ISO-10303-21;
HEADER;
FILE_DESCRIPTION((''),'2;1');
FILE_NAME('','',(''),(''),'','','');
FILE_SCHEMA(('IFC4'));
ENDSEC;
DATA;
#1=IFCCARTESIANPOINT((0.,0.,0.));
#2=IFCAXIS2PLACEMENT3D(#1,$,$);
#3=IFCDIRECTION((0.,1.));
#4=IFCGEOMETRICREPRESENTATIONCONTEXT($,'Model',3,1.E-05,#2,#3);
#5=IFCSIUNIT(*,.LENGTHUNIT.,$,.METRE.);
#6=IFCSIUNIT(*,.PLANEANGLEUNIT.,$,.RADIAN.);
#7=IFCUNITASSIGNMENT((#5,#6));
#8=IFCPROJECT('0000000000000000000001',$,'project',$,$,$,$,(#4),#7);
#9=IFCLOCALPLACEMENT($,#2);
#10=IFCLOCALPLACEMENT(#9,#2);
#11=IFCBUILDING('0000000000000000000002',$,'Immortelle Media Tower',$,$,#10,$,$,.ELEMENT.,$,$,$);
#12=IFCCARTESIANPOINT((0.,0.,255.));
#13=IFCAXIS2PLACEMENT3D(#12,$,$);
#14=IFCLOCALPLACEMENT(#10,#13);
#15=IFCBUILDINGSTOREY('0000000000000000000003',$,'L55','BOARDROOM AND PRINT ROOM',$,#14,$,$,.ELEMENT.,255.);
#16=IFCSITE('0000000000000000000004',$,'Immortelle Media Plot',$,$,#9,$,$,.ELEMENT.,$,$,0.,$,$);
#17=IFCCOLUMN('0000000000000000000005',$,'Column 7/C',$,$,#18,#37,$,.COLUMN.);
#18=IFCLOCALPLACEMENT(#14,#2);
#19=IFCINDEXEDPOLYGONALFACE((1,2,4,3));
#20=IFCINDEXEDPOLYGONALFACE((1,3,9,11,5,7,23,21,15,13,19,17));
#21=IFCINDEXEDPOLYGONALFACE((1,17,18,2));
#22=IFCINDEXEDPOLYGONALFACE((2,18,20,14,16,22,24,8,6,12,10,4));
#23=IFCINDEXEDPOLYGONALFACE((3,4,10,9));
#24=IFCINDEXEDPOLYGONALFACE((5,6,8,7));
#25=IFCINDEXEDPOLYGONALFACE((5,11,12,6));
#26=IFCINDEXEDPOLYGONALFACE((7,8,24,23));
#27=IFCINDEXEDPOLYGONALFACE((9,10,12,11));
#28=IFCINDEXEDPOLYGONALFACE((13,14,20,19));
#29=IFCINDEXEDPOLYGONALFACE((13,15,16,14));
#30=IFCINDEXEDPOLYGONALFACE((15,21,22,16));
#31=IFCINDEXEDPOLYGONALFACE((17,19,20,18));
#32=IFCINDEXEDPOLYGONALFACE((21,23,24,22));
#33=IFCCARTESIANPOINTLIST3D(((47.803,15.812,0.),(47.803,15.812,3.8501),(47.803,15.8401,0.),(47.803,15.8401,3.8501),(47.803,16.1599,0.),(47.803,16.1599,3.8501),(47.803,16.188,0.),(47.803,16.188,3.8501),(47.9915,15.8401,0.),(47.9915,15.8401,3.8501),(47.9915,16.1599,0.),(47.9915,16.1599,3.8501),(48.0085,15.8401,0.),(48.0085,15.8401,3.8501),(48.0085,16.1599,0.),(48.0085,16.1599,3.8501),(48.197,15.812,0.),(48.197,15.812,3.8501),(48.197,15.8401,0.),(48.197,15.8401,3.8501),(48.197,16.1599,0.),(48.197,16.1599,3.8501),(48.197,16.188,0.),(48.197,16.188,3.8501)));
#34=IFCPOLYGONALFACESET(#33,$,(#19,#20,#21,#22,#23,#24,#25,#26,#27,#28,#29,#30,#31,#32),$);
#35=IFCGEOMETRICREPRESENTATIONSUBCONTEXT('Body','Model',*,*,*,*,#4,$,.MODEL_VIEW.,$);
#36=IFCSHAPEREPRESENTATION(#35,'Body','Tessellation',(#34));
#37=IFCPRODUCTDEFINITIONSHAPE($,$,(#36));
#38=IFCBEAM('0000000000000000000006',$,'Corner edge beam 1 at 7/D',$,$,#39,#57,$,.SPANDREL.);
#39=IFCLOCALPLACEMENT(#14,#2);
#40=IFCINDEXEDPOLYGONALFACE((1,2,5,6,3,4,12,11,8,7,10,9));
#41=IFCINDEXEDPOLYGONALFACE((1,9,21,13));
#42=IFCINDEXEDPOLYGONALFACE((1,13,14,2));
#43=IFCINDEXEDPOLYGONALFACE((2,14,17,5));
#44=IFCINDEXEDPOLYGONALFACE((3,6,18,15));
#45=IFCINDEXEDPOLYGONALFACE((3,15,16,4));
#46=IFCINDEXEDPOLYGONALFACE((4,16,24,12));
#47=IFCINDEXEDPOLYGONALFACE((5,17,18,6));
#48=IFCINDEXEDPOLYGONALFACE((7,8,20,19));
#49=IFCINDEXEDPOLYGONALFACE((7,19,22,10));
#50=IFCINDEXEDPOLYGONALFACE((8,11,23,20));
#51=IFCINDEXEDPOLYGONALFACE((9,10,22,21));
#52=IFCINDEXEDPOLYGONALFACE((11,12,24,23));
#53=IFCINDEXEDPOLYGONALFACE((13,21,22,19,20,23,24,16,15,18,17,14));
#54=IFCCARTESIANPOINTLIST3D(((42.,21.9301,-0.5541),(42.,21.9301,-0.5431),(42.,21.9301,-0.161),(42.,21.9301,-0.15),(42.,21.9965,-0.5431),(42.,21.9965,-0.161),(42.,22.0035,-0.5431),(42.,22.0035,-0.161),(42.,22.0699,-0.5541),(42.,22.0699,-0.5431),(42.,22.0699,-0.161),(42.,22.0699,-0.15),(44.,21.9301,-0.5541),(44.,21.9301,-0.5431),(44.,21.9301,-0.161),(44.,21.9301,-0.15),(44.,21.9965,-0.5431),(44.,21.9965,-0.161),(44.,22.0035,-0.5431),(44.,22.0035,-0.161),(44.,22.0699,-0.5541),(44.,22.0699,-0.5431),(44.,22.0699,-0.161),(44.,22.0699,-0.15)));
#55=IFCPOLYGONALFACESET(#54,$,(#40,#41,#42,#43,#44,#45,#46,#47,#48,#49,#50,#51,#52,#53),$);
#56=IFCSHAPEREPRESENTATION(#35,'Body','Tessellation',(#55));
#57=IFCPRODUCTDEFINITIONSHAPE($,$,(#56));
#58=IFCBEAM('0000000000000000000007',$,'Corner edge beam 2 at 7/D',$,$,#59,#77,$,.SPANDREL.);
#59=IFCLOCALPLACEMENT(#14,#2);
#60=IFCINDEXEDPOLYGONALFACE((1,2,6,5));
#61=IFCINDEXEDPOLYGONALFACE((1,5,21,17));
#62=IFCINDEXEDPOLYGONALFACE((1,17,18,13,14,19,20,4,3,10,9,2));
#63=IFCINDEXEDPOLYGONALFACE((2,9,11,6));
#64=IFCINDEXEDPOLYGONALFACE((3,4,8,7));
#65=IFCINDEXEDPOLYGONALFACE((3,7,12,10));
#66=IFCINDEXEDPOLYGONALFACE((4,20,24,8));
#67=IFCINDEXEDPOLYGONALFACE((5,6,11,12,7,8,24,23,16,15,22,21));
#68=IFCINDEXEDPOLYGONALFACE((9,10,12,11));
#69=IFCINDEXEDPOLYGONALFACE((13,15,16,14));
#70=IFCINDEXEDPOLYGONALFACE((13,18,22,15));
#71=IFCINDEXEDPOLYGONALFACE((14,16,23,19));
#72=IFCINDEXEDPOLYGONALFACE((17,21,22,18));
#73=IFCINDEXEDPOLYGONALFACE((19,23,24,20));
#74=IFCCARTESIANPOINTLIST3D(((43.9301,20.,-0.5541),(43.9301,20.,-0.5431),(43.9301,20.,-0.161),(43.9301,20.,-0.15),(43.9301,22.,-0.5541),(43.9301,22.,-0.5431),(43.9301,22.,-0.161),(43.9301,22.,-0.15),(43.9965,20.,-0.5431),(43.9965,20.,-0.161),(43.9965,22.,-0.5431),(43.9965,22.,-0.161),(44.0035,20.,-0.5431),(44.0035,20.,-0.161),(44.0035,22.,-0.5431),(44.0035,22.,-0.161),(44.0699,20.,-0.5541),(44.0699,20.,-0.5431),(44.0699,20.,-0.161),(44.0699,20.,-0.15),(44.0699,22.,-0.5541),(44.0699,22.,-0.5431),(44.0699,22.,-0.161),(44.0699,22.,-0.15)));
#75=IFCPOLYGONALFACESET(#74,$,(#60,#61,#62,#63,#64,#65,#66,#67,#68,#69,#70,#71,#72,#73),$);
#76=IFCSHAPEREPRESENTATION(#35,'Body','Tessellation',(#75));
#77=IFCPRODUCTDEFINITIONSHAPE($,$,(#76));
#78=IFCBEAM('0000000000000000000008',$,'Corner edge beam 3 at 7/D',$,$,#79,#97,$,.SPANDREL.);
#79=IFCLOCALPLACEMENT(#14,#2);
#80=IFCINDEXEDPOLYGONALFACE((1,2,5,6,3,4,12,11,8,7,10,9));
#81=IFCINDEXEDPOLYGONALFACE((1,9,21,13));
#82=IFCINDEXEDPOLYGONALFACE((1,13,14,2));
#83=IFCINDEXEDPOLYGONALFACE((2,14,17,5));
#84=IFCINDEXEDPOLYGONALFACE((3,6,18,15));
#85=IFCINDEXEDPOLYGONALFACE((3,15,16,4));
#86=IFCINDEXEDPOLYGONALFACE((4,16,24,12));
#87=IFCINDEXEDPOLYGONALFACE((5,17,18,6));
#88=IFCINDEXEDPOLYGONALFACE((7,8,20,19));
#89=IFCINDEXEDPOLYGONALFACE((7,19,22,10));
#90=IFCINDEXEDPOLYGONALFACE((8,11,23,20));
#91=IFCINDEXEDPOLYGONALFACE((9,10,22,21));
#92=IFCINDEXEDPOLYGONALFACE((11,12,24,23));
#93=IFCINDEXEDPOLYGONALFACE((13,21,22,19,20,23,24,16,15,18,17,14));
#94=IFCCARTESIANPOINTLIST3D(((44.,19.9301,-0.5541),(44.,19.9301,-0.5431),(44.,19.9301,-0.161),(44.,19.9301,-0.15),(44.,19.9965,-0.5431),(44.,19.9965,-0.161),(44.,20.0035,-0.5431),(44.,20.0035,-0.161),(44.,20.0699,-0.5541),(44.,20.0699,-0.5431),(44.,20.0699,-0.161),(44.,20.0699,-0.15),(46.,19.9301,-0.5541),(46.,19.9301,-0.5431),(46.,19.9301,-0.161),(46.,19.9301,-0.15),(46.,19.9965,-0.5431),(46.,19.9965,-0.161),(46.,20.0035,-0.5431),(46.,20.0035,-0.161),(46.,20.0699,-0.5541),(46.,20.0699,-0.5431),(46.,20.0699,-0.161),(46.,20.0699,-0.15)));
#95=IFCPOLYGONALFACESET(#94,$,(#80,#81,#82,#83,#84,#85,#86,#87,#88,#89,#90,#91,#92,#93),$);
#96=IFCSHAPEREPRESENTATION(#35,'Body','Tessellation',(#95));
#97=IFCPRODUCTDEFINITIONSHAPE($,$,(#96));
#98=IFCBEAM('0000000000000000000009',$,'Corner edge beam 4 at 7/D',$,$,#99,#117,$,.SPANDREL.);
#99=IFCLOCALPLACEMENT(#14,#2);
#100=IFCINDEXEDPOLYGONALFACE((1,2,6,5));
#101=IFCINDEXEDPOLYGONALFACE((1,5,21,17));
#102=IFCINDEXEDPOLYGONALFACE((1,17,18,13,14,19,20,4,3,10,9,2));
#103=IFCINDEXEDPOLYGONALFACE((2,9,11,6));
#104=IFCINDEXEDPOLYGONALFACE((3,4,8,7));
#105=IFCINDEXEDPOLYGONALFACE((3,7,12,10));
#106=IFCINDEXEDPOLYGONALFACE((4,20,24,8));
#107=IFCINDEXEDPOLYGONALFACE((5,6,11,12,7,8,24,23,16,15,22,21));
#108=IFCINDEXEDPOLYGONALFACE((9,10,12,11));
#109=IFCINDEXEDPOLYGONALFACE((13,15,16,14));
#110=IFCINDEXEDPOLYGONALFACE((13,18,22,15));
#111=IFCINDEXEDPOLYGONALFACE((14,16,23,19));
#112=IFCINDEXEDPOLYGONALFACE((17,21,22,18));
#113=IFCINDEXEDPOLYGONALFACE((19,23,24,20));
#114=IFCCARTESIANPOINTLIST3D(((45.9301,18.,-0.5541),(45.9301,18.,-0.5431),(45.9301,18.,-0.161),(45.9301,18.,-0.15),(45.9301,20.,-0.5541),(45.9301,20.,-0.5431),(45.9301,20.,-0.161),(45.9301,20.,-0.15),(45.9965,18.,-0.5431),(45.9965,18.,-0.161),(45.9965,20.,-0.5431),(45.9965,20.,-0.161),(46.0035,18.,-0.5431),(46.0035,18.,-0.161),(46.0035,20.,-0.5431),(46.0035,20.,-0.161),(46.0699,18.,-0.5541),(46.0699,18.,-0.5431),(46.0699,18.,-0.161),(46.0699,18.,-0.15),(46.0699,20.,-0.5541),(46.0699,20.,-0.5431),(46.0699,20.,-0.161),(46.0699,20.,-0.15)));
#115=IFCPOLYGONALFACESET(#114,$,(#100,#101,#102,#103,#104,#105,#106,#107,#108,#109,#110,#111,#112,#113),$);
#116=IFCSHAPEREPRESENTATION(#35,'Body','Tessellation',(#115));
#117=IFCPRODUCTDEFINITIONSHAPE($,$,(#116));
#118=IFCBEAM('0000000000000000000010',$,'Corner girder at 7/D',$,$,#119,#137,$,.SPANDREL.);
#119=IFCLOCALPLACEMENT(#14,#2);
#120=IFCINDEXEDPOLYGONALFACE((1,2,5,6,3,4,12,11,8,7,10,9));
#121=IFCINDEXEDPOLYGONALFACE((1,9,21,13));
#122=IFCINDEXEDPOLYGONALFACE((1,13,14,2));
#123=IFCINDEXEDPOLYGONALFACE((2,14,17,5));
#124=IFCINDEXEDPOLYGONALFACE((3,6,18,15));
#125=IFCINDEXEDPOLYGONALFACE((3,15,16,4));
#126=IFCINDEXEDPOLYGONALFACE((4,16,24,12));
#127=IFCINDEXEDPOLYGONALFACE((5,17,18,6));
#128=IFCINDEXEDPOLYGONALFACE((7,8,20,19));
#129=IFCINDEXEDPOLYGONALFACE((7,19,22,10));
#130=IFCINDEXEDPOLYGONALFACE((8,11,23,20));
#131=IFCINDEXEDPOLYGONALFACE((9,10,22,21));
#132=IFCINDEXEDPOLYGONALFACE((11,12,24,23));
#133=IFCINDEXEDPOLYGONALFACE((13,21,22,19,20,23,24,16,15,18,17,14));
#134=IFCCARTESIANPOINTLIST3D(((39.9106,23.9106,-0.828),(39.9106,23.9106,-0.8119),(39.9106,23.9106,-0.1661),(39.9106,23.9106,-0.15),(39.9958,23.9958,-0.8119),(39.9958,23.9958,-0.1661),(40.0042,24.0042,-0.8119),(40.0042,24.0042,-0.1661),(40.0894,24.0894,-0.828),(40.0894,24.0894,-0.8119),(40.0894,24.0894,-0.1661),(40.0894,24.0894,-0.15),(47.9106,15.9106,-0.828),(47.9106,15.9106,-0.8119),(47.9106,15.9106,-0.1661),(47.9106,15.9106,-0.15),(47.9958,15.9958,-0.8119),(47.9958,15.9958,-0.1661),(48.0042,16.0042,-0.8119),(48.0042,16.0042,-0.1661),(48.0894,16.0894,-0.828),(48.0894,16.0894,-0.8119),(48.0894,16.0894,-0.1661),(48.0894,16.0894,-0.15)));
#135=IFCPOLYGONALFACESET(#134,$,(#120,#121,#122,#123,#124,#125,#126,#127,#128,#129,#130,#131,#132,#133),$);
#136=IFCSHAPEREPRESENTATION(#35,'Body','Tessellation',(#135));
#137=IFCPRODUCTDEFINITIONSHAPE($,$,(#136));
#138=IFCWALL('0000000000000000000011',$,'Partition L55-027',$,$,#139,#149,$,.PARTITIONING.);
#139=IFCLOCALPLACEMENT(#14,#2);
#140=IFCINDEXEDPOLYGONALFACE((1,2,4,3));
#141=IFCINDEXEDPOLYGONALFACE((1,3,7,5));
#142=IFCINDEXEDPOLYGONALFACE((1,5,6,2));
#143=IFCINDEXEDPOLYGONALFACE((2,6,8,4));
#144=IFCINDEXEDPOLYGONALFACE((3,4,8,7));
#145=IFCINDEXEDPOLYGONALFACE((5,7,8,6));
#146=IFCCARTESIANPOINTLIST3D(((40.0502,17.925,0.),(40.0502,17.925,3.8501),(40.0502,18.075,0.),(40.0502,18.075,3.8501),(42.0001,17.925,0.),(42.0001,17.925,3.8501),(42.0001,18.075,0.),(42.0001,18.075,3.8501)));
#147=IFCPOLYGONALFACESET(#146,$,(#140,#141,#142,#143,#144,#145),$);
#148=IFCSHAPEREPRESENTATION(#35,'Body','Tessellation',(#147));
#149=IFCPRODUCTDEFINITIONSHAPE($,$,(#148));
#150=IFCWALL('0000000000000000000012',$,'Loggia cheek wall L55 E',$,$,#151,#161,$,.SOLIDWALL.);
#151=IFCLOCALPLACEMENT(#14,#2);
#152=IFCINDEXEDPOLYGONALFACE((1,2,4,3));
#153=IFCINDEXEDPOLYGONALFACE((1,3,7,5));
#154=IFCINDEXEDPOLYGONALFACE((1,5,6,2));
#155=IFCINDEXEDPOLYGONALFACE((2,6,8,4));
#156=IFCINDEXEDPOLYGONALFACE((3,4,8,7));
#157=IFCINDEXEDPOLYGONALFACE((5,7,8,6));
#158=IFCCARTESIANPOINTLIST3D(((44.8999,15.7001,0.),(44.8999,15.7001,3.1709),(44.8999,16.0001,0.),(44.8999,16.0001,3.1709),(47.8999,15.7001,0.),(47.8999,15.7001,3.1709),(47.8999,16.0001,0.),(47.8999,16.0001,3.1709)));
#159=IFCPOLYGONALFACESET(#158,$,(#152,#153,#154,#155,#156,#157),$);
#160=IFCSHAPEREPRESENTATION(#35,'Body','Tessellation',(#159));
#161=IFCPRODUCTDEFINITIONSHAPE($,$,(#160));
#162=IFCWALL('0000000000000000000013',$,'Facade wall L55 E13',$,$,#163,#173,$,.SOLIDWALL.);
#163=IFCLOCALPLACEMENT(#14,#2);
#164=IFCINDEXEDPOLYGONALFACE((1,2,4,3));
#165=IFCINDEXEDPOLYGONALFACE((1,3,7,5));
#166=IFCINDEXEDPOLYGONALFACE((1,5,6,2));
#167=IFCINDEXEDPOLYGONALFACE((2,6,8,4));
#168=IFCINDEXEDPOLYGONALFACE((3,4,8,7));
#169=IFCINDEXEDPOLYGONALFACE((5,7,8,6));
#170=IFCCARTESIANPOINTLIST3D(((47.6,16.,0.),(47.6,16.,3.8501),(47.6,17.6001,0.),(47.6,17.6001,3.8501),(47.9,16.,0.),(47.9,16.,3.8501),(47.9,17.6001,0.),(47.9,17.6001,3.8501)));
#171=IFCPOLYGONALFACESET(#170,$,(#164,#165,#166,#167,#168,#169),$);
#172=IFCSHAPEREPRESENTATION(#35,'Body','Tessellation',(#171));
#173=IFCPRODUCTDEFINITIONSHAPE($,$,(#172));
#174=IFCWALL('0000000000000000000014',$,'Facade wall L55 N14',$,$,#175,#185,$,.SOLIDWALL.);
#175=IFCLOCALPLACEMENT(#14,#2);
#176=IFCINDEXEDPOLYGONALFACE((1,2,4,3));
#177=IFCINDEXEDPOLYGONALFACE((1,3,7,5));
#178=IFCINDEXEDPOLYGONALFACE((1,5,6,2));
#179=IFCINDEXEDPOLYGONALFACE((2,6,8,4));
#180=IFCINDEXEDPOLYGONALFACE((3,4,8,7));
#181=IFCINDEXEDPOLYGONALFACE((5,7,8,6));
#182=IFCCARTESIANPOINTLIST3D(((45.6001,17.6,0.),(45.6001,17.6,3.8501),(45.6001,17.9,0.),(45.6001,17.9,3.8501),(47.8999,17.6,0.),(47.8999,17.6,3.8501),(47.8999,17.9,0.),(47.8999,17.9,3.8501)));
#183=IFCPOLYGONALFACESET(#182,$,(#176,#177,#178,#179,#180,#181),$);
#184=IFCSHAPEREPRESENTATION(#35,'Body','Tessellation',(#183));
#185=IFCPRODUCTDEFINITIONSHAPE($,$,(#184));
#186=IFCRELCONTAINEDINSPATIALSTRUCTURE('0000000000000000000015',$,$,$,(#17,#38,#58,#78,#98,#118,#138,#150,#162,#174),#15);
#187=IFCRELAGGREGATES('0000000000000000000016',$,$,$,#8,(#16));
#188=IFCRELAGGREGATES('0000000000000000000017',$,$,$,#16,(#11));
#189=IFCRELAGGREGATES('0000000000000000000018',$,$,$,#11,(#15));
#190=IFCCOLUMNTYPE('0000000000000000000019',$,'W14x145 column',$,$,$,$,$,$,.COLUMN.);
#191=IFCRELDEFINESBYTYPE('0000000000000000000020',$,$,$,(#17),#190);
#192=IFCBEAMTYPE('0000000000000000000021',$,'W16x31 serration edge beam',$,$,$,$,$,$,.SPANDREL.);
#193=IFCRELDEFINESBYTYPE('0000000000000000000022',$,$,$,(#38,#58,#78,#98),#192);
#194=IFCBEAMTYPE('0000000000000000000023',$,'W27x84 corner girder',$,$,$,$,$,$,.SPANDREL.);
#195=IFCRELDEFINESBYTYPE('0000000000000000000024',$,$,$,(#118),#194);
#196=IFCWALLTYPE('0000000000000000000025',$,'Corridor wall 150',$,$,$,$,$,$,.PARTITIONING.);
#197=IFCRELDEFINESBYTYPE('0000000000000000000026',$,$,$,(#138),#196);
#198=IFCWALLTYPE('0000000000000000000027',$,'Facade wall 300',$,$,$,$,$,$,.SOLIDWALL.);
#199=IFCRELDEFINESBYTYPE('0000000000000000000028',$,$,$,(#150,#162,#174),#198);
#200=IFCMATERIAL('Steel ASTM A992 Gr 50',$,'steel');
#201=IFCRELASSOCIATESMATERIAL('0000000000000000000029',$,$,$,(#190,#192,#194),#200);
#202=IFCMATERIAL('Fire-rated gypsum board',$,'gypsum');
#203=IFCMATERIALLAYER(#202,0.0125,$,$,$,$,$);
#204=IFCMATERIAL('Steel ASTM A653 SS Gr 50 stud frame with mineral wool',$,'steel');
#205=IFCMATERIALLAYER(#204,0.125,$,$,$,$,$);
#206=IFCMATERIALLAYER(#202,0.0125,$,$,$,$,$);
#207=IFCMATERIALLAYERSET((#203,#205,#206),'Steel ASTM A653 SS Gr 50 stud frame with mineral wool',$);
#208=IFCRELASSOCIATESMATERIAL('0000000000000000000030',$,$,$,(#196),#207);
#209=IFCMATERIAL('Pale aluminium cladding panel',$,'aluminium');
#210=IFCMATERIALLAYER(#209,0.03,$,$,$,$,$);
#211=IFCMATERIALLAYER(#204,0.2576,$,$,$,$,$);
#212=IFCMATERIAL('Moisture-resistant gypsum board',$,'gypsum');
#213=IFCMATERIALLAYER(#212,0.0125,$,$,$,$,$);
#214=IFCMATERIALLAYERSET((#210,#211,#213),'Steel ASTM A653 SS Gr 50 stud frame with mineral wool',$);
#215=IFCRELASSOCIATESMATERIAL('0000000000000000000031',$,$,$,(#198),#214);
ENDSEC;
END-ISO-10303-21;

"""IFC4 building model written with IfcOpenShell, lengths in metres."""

from ifc_helpers import new_model, si_unit, direction, frame, frame_2d, origin, origin_2d, place, context, subcontext, project, spatial, rectangle, i_section, extrude, material, layer, layer_set, material_profile, profile_set, type_object, element, save


model = new_model("IFC4")

# Units and contexts
model_context = context("Model", 3, precision=1e-05, world=origin(), true_north=direction((0.0, 1.0)))
body_context = subcontext(model_context, "Body", "Model", "MODEL_VIEW")
ifc_project = project(units=[si_unit("LENGTHUNIT", "METRE"), si_unit("PLANEANGLEUNIT", "RADIAN")], contexts=[model_context])

# Site, building, storey
site_placement = place(None, origin())
site = spatial("IfcSite", under=ifc_project, at=site_placement, Name="Immortelle Media Plot", CompositionType="ELEMENT", RefElevation=0.0)
building_placement = place(site_placement, origin())
building = spatial("IfcBuilding", under=site, at=building_placement, Name="Immortelle Media Tower", CompositionType="ELEMENT")
storey_placement = place(building_placement, frame((0.0, 0.0, 255.0)))
storey = spatial("IfcBuildingStorey", under=building, at=storey_placement, Name="L55", Description="BOARDROOM AND PRINT ROOM", CompositionType="ELEMENT", Elevation=255.0)

# Column
ifc_material_1 = material(Name="Steel ASTM A992 Gr 50", Category="steel")
ifc_material_profile_1 = material_profile(ifc_material_1, i_section(OverallWidth=0.394, OverallDepth=0.376, WebThickness=0.0171, FlangeThickness=0.0281, at=origin_2d()), Name="W14x145")
ifc_profile_set_1 = profile_set([ifc_material_profile_1], Name="Steel ASTM A992 Gr 50")
column_type = type_object("IfcColumnType", Name="W14x145 column", PredefinedType="COLUMN", material=ifc_profile_set_1)
column_placement = place(storey_placement, frame((48.0, 16.0, 0.0), z_axis=(0.0, 0.0, 1.0), x_axis=(1.0, 0.0, 0.0)))
element("IfcColumn", 1, at=column_placement, inside=storey, type_object=column_type, Name="Column 7/C", PredefinedType="COLUMN", context=body_context, shape_type="SweptSolid", body=[
    extrude(i_section(OverallWidth=0.394, OverallDepth=0.376, WebThickness=0.0171, FlangeThickness=0.0281, at=origin_2d()), origin(), (0.0, 0.0, 1.0), 3.8501),
])

# Beams
ifc_material_profile_2 = material_profile(ifc_material_1, i_section(OverallWidth=0.1399, OverallDepth=0.4041, WebThickness=0.0071, FlangeThickness=0.011, at=origin_2d()), Name="W16x31")
ifc_profile_set_2 = profile_set([ifc_material_profile_2], Name="Steel ASTM A992 Gr 50")
beam_type_1 = type_object("IfcBeamType", Name="W16x31 serration edge beam", PredefinedType="SPANDREL", material=ifc_profile_set_2)
for number, where, z_axis, x_axis, name in (
    (2, (42.0, 22.0, -0.3521), (1.0, 0.0, 0.0), (0.0, 1.0, 0.0), "Corner edge beam 1 at 7/D"),
    (3, (44.0, 22.0, -0.3521), (0.0, -1.0, 0.0), (1.0, 0.0, 0.0), "Corner edge beam 2 at 7/D"),
    (4, (44.0, 20.0, -0.3521), (1.0, 0.0, 0.0), (0.0, 1.0, 0.0), "Corner edge beam 3 at 7/D"),
    (5, (46.0, 20.0, -0.3521), (0.0, -1.0, 0.0), (1.0, 0.0, 0.0), "Corner edge beam 4 at 7/D"),
):
    element("IfcBeam", number, at=place(storey_placement, frame(where, z_axis=z_axis, x_axis=x_axis)), inside=storey, type_object=beam_type_1, Name=name, PredefinedType="SPANDREL", context=body_context, shape_type="SweptSolid", body=[
        extrude(i_section(OverallWidth=0.1399, OverallDepth=0.4041, WebThickness=0.0071, FlangeThickness=0.011, at=origin_2d()), origin(), (0.0, 0.0, 1.0), 2.0),
    ])
ifc_material_profile_3 = material_profile(ifc_material_1, i_section(OverallWidth=0.2529, OverallDepth=0.678, WebThickness=0.012, FlangeThickness=0.0161, at=origin_2d()), Name="W27x84")
ifc_profile_set_3 = profile_set([ifc_material_profile_3], Name="Steel ASTM A992 Gr 50")
beam_type_2 = type_object("IfcBeamType", Name="W27x84 corner girder", PredefinedType="SPANDREL", material=ifc_profile_set_3)
beam_placement = place(storey_placement, frame((40.0, 24.0, -0.489), z_axis=(0.707107, -0.707107, 0.0), x_axis=(0.707107, 0.707107, 0.0)))
element("IfcBeam", 6, at=beam_placement, inside=storey, type_object=beam_type_2, Name="Corner girder at 7/D", PredefinedType="SPANDREL", context=body_context, shape_type="SweptSolid", body=[
    extrude(i_section(OverallWidth=0.2529, OverallDepth=0.678, WebThickness=0.012, FlangeThickness=0.0161, at=origin_2d()), origin(), (0.0, 0.0, 1.0), 11.3137),
])

# Walls
ifc_material_2 = material(Name="Fire-rated gypsum board", Category="gypsum")
ifc_layer_1 = layer(ifc_material_2, 0.0125)
ifc_material_3 = material(Name="Steel ASTM A653 SS Gr 50 stud frame with mineral wool", Category="steel")
ifc_layer_2 = layer(ifc_material_3, 0.125)
ifc_layer_3 = layer(ifc_material_2, 0.0125)
ifc_layer_set_1 = layer_set([ifc_layer_1, ifc_layer_2, ifc_layer_3], Name="Steel ASTM A653 SS Gr 50 stud frame with mineral wool")
wall_type_1 = type_object("IfcWallType", Name="Corridor wall 150", PredefinedType="PARTITIONING", material=ifc_layer_set_1)
wall_1_placement = place(storey_placement, frame((40.05, 18.0, 0.0), z_axis=(0.0, 0.0, 1.0), x_axis=(1.0, 0.0, 0.0)))
element("IfcWall", 7, at=wall_1_placement, inside=storey, type_object=wall_type_1, Name="Partition L55-027", PredefinedType="PARTITIONING", context=body_context, shape_type="SweptSolid", body=[
    extrude(rectangle(XDim=1.95, YDim=0.1499, at=frame_2d((0.9751, 0.0))), origin(), (0.0, 0.0, 1.0), 3.8501),
])
ifc_material_4 = material(Name="Pale aluminium cladding panel", Category="aluminium")
ifc_layer_4 = layer(ifc_material_4, 0.03)
ifc_layer_5 = layer(ifc_material_3, 0.2576)
ifc_material_5 = material(Name="Moisture-resistant gypsum board", Category="gypsum")
ifc_layer_6 = layer(ifc_material_5, 0.0125)
ifc_layer_set_2 = layer_set([ifc_layer_4, ifc_layer_5, ifc_layer_6], Name="Steel ASTM A653 SS Gr 50 stud frame with mineral wool")
wall_type_2 = type_object("IfcWallType", Name="Facade wall 300", PredefinedType="SOLIDWALL", material=ifc_layer_set_2)
wall_2_placement = place(storey_placement, frame((47.8999, 15.8501, 0.0), z_axis=(0.0, 0.0, 1.0), x_axis=(-1.0, 0.0, 0.0)))
element("IfcWall", 8, at=wall_2_placement, inside=storey, type_object=wall_type_2, Name="Loggia cheek wall L55 E", PredefinedType="SOLIDWALL", context=body_context, shape_type="SweptSolid", body=[
    extrude(rectangle(XDim=3.0, YDim=0.3, at=frame_2d((1.5, 0.0))), origin(), (0.0, 0.0, 1.0), 3.1709),
])
wall_3_placement = place(storey_placement, frame((47.75, 16.0, 0.0), z_axis=(0.0, 0.0, 1.0), x_axis=(0.0, 1.0, 0.0)))
element("IfcWall", 9, at=wall_3_placement, inside=storey, type_object=wall_type_2, Name="Facade wall L55 E13", PredefinedType="SOLIDWALL", context=body_context, shape_type="SweptSolid", body=[
    extrude(rectangle(XDim=1.6001, YDim=0.3, at=frame_2d((0.8, 0.0))), origin(), (0.0, 0.0, 1.0), 3.8501),
])
wall_4_placement = place(storey_placement, frame((47.8999, 17.75, 0.0), z_axis=(0.0, 0.0, 1.0), x_axis=(-1.0, 0.0, 0.0)))
element("IfcWall", 10, at=wall_4_placement, inside=storey, type_object=wall_type_2, Name="Facade wall L55 N14", PredefinedType="SOLIDWALL", context=body_context, shape_type="SweptSolid", body=[
    extrude(rectangle(XDim=2.2998, YDim=0.3, at=frame_2d((1.1499, 0.0))), origin(), (0.0, 0.0, 1.0), 3.8501),
])

save(model, "model.ifc")
